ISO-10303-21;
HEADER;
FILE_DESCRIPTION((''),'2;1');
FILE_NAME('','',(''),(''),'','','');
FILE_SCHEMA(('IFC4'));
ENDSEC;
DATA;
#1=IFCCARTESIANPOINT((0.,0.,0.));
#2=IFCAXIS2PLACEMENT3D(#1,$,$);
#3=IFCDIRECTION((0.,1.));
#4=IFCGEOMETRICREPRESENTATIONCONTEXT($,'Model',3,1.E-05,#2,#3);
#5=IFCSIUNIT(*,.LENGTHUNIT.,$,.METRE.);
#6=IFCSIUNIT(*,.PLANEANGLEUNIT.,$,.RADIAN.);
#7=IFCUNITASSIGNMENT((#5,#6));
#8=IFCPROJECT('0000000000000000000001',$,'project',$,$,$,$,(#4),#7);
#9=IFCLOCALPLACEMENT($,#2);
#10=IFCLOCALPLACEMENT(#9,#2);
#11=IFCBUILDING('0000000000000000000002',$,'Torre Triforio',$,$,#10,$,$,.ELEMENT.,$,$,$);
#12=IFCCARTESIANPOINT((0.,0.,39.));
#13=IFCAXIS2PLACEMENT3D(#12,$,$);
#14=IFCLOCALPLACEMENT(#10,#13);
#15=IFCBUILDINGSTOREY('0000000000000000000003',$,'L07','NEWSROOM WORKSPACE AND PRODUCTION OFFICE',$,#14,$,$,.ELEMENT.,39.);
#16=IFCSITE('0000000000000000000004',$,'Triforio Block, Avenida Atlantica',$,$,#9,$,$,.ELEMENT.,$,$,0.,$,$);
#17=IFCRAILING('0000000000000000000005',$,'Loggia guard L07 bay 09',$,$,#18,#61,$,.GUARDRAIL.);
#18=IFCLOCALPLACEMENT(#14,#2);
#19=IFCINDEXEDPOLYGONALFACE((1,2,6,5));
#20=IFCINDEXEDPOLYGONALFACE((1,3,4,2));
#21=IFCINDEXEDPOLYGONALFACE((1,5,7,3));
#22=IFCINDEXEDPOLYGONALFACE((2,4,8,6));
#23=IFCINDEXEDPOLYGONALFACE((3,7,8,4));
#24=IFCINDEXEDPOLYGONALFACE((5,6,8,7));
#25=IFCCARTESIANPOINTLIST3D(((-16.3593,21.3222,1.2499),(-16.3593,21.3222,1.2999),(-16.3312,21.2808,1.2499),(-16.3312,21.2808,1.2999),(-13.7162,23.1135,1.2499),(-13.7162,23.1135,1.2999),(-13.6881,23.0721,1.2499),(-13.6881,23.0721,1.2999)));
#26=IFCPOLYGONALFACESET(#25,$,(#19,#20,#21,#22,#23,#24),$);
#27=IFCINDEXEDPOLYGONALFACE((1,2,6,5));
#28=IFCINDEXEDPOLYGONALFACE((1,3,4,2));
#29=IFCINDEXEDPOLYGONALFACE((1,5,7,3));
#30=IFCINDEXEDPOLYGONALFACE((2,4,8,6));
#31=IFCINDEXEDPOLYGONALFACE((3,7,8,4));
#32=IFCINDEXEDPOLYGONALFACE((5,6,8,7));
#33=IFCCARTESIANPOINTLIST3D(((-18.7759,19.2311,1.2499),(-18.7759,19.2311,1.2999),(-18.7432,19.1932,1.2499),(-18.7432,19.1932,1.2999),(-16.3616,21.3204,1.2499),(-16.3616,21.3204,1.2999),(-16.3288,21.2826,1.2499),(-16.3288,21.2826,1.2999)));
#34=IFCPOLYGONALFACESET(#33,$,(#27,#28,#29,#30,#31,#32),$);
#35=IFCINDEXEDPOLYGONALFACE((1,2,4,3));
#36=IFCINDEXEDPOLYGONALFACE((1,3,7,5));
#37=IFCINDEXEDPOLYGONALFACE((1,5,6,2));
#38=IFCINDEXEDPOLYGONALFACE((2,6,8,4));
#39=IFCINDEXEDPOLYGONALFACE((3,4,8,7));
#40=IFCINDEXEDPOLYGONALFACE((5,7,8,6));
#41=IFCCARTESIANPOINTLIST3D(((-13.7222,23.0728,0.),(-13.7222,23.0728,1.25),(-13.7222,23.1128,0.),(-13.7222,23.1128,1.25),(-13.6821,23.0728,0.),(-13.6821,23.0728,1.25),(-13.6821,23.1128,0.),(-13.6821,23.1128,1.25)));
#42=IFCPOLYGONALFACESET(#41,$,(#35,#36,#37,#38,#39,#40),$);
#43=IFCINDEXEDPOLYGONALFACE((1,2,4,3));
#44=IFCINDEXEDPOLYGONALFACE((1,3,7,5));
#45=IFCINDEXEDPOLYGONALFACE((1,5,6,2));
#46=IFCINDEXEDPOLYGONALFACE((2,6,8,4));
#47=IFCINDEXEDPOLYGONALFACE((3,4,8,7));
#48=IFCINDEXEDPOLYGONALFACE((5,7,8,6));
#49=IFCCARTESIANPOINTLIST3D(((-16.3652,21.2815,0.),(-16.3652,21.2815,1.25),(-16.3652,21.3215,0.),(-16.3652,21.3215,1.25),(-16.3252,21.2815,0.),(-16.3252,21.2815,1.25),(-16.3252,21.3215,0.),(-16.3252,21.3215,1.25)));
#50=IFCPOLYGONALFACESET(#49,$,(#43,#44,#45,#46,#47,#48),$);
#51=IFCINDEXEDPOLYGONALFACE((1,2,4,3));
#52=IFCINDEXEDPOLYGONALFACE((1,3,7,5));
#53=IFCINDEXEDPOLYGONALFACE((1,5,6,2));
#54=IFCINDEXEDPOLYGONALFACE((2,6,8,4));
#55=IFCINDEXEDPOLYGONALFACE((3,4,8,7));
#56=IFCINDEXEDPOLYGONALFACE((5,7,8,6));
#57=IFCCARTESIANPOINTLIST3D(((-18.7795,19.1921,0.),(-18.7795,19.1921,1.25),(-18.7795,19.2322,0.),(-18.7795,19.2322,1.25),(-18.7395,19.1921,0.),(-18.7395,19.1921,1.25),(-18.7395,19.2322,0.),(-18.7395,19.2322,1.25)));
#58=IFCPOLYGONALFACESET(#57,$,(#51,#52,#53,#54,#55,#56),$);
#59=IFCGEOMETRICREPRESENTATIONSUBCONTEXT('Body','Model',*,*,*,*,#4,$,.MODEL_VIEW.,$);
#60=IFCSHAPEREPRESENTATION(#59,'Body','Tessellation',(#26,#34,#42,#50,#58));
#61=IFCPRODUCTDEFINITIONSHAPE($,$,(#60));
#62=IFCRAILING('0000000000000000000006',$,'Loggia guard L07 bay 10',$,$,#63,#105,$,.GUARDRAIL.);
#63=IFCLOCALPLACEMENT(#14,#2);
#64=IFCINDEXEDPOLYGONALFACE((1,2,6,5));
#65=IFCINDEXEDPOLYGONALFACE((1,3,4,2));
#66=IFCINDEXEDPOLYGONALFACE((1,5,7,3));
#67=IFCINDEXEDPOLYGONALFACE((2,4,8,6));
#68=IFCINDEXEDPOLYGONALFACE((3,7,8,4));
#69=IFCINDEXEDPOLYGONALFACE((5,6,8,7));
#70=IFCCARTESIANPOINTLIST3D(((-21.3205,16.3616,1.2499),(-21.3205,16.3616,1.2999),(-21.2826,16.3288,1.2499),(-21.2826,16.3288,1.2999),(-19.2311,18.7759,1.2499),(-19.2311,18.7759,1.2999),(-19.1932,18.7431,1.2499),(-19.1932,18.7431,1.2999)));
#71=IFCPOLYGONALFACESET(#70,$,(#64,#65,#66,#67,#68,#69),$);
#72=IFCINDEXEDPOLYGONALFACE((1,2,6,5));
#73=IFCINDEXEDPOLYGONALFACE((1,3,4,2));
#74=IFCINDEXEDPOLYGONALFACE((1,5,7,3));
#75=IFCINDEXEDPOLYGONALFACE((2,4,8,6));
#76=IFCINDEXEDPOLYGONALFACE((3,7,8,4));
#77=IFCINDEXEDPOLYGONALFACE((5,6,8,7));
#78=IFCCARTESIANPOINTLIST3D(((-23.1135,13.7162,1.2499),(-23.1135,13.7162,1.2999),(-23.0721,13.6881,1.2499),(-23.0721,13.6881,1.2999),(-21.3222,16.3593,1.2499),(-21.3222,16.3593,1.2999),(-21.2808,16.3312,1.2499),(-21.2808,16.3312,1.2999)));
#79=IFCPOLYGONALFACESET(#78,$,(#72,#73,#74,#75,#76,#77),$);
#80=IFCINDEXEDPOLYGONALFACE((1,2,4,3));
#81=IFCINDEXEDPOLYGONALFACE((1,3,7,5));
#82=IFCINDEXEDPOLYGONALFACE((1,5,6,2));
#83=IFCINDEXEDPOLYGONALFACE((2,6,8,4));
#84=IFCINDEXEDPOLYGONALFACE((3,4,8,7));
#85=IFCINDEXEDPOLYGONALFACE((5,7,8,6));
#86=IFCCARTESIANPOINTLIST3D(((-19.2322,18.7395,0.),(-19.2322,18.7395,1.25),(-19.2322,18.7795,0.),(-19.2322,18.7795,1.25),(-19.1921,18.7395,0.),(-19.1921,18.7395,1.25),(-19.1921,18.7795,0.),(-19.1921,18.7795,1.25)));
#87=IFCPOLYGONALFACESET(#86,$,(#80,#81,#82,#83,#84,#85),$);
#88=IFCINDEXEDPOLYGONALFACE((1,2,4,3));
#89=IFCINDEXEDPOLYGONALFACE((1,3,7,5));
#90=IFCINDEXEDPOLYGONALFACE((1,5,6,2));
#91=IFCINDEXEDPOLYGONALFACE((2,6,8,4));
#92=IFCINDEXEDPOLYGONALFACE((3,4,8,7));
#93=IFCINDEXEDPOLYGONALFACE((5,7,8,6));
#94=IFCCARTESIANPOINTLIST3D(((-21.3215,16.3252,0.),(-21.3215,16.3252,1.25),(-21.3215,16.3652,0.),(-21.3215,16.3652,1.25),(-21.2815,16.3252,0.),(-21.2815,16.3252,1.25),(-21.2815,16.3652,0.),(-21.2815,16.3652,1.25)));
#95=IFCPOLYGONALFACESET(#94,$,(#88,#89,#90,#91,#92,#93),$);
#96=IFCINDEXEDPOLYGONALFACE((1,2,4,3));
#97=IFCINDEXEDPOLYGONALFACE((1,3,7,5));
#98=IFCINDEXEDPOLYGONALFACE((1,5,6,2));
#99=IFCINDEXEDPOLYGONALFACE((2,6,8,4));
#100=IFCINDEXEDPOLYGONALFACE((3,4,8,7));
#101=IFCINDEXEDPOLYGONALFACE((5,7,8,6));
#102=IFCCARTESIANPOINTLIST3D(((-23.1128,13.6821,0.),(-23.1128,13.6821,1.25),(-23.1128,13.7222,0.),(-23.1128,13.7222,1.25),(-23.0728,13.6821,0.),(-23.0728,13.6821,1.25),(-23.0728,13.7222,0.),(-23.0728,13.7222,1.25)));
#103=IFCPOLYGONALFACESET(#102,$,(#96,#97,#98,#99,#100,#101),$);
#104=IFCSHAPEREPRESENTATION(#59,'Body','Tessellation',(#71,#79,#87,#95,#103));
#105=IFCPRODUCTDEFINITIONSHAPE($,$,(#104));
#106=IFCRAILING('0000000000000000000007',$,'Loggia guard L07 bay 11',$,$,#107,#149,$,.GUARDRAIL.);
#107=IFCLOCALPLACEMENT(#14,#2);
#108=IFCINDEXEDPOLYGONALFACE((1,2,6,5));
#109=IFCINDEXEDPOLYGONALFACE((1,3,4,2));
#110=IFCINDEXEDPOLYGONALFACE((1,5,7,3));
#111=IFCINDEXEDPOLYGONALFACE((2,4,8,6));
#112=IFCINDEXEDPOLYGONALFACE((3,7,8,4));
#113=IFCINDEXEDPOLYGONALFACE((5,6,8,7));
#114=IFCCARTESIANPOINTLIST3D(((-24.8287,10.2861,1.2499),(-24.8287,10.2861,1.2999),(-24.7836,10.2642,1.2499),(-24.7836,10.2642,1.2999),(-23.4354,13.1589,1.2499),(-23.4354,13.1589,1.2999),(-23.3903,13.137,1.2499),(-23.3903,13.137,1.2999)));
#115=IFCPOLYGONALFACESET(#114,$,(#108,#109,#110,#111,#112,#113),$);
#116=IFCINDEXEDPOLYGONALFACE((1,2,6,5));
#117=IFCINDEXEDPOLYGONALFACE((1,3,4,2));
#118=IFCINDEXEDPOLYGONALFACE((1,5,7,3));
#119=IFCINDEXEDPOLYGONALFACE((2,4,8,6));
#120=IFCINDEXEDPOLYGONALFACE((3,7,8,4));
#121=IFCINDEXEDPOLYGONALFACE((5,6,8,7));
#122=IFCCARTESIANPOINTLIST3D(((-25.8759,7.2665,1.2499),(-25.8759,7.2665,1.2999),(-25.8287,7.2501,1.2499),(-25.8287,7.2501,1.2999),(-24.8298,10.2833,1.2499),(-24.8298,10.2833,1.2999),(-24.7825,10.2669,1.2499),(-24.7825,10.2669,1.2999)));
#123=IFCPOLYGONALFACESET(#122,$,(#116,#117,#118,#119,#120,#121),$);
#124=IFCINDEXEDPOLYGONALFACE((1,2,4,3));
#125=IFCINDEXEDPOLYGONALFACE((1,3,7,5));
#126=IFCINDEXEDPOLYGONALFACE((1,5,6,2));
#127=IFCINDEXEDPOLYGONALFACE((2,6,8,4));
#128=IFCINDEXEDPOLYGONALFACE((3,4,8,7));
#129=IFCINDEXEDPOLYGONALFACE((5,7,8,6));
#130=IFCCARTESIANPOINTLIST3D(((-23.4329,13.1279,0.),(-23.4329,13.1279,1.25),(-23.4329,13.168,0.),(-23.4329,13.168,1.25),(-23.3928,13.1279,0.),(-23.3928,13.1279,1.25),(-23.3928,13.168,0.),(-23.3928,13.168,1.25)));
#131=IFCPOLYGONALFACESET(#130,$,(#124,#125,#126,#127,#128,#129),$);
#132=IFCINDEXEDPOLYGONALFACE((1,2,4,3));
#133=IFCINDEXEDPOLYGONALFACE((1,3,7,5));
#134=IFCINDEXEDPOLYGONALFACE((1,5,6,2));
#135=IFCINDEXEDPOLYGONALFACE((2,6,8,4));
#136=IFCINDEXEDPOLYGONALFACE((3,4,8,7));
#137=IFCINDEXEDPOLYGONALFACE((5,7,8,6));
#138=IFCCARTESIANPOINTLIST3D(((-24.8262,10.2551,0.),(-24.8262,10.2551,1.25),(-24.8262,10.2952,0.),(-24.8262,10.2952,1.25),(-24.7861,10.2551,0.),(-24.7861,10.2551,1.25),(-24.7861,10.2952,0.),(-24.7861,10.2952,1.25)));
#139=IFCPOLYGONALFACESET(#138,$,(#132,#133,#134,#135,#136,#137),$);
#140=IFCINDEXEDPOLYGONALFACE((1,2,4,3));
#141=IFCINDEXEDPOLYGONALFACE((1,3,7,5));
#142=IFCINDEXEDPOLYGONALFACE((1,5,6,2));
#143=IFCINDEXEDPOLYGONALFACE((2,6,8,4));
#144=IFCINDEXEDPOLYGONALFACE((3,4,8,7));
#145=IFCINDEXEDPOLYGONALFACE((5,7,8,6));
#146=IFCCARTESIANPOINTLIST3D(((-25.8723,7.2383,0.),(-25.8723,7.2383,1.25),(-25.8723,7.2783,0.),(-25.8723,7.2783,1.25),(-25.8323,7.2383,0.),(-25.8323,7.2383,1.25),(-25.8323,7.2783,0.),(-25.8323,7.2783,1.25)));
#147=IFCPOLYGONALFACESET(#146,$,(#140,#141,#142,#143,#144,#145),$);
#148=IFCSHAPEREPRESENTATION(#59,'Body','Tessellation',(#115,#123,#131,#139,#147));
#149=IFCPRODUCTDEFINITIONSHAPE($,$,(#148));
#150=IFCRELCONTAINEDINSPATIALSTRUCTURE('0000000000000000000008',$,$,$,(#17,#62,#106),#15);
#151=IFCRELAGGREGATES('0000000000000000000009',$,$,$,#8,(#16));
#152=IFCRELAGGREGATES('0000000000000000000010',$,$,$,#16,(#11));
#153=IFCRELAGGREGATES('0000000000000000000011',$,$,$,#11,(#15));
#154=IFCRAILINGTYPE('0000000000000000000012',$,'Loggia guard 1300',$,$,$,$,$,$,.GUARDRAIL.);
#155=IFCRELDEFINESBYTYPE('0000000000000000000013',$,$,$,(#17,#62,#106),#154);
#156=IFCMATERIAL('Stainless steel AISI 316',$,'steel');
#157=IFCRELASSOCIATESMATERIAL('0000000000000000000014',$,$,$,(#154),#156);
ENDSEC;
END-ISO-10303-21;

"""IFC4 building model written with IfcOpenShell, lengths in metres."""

from ifc_helpers import new_model, si_unit, direction, frame, origin, origin_2d, place, context, subcontext, project, spatial, rectangle, extrude, material, type_object, element, save


model = new_model("IFC4")

# Units and contexts
model_context = context("Model", 3, precision=1e-05, world=origin(), true_north=direction((0.0, 1.0)))
body_context = subcontext(model_context, "Body", "Model", "MODEL_VIEW")
ifc_project = project(units=[si_unit("LENGTHUNIT", "METRE"), si_unit("PLANEANGLEUNIT", "RADIAN")], contexts=[model_context])

# Site, building, storey
site_placement = place(None, origin())
site = spatial("IfcSite", under=ifc_project, at=site_placement, Name="Triforio Block, Avenida Atlantica", CompositionType="ELEMENT", RefElevation=0.0)
building_placement = place(site_placement, origin())
building = spatial("IfcBuilding", under=site, at=building_placement, Name="Torre Triforio", CompositionType="ELEMENT")
storey_placement = place(building_placement, frame((0.0, 0.0, 39.0)))
storey = spatial("IfcBuildingStorey", under=building, at=storey_placement, Name="L07", Description="NEWSROOM WORKSPACE AND PRODUCTION OFFICE", CompositionType="ELEMENT", Elevation=39.0)

# Railings
ifc_material_1 = material(Name="Stainless steel AISI 316", Category="steel")
railing_type = type_object("IfcRailingType", Name="Loggia guard 1300", PredefinedType="GUARDRAIL", material=ifc_material_1)
railing_1_placement = place(storey_placement, frame((-13.7021, 23.0928, 0.0)))
element("IfcRailing", 1, at=railing_1_placement, inside=storey, type_object=railing_type, Name="Loggia guard L07 bay 09", PredefinedType="GUARDRAIL", context=body_context, shape_type="SweptSolid", body=[
    extrude(rectangle(XDim=0.05, YDim=0.05, at=origin_2d()), frame((0.0, 0.0, 1.2749), z_axis=(-0.827803, -0.561019, 0.0), x_axis=(0.561019, -0.827803, 0.0)), (0.0, 0.0, 1.0), 3.1929),
    extrude(rectangle(XDim=0.05, YDim=0.05, at=origin_2d()), frame((-2.6431, -1.7913, 1.2749), z_axis=(-0.756161, -0.654386, 0.0), x_axis=(0.654386, -0.756161, 0.0)), (0.0, 0.0, 1.0), 3.1929),
    extrude(rectangle(XDim=0.04, YDim=0.04, at=origin_2d()), origin(), (0.0, 0.0, 1.0), 1.25),
    extrude(rectangle(XDim=0.04, YDim=0.04, at=origin_2d()), frame((-2.6431, -1.7913, 0.0)), (0.0, 0.0, 1.0), 1.25),
    extrude(rectangle(XDim=0.04, YDim=0.04, at=origin_2d()), frame((-5.0574, -3.8806, 0.0)), (0.0, 0.0, 1.0), 1.25),
])
railing_2_placement = place(storey_placement, frame((-19.2122, 18.7595, 0.0)))
element("IfcRailing", 2, at=railing_2_placement, inside=storey, type_object=railing_type, Name="Loggia guard L07 bay 10", PredefinedType="GUARDRAIL", context=body_context, shape_type="SweptSolid", body=[
    extrude(rectangle(XDim=0.05, YDim=0.05, at=origin_2d()), frame((0.0, 0.0, 1.2749), z_axis=(-0.654386, -0.756161, 0.0), x_axis=(0.756161, -0.654386, 0.0)), (0.0, 0.0, 1.0), 3.1929),
    extrude(rectangle(XDim=0.05, YDim=0.05, at=origin_2d()), frame((-2.0894, -2.4143, 1.2749), z_axis=(-0.561019, -0.827803, 0.0), x_axis=(0.827803, -0.561019, 0.0)), (0.0, 0.0, 1.0), 3.1929),
    extrude(rectangle(XDim=0.04, YDim=0.04, at=origin_2d()), origin(), (0.0, 0.0, 1.0), 1.25),
    extrude(rectangle(XDim=0.04, YDim=0.04, at=origin_2d()), frame((-2.0894, -2.4143, 0.0)), (0.0, 0.0, 1.0), 1.25),
    extrude(rectangle(XDim=0.04, YDim=0.04, at=origin_2d()), frame((-3.8806, -5.0574, 0.0)), (0.0, 0.0, 1.0), 1.25),
])
railing_3_placement = place(storey_placement, frame((-23.4128, 13.1479, 0.0)))
element("IfcRailing", 3, at=railing_3_placement, inside=storey, type_object=railing_type, Name="Loggia guard L07 bay 11", PredefinedType="GUARDRAIL", context=body_context, shape_type="SweptSolid", body=[
    extrude(rectangle(XDim=0.05, YDim=0.05, at=origin_2d()), frame((0.0, 0.0, 1.2749), z_axis=(-0.436384, -0.89976, 0.0), x_axis=(0.89976, -0.436384, 0.0)), (0.0, 0.0, 1.0), 3.1929),
    extrude(rectangle(XDim=0.05, YDim=0.05, at=origin_2d()), frame((-1.3933, -2.8728, 1.2749), z_axis=(-0.327628, -0.944807, 0.0), x_axis=(0.944807, -0.327628, 0.0)), (0.0, 0.0, 1.0), 3.1931),
    extrude(rectangle(XDim=0.04, YDim=0.04, at=origin_2d()), origin(), (0.0, 0.0, 1.0), 1.25),
    extrude(rectangle(XDim=0.04, YDim=0.04, at=origin_2d()), frame((-1.3933, -2.8728, 0.0)), (0.0, 0.0, 1.0), 1.25),
    extrude(rectangle(XDim=0.04, YDim=0.04, at=origin_2d()), frame((-2.4395, -5.8896, 0.0)), (0.0, 0.0, 1.0), 1.25),
])

save(model, "model.ifc")
